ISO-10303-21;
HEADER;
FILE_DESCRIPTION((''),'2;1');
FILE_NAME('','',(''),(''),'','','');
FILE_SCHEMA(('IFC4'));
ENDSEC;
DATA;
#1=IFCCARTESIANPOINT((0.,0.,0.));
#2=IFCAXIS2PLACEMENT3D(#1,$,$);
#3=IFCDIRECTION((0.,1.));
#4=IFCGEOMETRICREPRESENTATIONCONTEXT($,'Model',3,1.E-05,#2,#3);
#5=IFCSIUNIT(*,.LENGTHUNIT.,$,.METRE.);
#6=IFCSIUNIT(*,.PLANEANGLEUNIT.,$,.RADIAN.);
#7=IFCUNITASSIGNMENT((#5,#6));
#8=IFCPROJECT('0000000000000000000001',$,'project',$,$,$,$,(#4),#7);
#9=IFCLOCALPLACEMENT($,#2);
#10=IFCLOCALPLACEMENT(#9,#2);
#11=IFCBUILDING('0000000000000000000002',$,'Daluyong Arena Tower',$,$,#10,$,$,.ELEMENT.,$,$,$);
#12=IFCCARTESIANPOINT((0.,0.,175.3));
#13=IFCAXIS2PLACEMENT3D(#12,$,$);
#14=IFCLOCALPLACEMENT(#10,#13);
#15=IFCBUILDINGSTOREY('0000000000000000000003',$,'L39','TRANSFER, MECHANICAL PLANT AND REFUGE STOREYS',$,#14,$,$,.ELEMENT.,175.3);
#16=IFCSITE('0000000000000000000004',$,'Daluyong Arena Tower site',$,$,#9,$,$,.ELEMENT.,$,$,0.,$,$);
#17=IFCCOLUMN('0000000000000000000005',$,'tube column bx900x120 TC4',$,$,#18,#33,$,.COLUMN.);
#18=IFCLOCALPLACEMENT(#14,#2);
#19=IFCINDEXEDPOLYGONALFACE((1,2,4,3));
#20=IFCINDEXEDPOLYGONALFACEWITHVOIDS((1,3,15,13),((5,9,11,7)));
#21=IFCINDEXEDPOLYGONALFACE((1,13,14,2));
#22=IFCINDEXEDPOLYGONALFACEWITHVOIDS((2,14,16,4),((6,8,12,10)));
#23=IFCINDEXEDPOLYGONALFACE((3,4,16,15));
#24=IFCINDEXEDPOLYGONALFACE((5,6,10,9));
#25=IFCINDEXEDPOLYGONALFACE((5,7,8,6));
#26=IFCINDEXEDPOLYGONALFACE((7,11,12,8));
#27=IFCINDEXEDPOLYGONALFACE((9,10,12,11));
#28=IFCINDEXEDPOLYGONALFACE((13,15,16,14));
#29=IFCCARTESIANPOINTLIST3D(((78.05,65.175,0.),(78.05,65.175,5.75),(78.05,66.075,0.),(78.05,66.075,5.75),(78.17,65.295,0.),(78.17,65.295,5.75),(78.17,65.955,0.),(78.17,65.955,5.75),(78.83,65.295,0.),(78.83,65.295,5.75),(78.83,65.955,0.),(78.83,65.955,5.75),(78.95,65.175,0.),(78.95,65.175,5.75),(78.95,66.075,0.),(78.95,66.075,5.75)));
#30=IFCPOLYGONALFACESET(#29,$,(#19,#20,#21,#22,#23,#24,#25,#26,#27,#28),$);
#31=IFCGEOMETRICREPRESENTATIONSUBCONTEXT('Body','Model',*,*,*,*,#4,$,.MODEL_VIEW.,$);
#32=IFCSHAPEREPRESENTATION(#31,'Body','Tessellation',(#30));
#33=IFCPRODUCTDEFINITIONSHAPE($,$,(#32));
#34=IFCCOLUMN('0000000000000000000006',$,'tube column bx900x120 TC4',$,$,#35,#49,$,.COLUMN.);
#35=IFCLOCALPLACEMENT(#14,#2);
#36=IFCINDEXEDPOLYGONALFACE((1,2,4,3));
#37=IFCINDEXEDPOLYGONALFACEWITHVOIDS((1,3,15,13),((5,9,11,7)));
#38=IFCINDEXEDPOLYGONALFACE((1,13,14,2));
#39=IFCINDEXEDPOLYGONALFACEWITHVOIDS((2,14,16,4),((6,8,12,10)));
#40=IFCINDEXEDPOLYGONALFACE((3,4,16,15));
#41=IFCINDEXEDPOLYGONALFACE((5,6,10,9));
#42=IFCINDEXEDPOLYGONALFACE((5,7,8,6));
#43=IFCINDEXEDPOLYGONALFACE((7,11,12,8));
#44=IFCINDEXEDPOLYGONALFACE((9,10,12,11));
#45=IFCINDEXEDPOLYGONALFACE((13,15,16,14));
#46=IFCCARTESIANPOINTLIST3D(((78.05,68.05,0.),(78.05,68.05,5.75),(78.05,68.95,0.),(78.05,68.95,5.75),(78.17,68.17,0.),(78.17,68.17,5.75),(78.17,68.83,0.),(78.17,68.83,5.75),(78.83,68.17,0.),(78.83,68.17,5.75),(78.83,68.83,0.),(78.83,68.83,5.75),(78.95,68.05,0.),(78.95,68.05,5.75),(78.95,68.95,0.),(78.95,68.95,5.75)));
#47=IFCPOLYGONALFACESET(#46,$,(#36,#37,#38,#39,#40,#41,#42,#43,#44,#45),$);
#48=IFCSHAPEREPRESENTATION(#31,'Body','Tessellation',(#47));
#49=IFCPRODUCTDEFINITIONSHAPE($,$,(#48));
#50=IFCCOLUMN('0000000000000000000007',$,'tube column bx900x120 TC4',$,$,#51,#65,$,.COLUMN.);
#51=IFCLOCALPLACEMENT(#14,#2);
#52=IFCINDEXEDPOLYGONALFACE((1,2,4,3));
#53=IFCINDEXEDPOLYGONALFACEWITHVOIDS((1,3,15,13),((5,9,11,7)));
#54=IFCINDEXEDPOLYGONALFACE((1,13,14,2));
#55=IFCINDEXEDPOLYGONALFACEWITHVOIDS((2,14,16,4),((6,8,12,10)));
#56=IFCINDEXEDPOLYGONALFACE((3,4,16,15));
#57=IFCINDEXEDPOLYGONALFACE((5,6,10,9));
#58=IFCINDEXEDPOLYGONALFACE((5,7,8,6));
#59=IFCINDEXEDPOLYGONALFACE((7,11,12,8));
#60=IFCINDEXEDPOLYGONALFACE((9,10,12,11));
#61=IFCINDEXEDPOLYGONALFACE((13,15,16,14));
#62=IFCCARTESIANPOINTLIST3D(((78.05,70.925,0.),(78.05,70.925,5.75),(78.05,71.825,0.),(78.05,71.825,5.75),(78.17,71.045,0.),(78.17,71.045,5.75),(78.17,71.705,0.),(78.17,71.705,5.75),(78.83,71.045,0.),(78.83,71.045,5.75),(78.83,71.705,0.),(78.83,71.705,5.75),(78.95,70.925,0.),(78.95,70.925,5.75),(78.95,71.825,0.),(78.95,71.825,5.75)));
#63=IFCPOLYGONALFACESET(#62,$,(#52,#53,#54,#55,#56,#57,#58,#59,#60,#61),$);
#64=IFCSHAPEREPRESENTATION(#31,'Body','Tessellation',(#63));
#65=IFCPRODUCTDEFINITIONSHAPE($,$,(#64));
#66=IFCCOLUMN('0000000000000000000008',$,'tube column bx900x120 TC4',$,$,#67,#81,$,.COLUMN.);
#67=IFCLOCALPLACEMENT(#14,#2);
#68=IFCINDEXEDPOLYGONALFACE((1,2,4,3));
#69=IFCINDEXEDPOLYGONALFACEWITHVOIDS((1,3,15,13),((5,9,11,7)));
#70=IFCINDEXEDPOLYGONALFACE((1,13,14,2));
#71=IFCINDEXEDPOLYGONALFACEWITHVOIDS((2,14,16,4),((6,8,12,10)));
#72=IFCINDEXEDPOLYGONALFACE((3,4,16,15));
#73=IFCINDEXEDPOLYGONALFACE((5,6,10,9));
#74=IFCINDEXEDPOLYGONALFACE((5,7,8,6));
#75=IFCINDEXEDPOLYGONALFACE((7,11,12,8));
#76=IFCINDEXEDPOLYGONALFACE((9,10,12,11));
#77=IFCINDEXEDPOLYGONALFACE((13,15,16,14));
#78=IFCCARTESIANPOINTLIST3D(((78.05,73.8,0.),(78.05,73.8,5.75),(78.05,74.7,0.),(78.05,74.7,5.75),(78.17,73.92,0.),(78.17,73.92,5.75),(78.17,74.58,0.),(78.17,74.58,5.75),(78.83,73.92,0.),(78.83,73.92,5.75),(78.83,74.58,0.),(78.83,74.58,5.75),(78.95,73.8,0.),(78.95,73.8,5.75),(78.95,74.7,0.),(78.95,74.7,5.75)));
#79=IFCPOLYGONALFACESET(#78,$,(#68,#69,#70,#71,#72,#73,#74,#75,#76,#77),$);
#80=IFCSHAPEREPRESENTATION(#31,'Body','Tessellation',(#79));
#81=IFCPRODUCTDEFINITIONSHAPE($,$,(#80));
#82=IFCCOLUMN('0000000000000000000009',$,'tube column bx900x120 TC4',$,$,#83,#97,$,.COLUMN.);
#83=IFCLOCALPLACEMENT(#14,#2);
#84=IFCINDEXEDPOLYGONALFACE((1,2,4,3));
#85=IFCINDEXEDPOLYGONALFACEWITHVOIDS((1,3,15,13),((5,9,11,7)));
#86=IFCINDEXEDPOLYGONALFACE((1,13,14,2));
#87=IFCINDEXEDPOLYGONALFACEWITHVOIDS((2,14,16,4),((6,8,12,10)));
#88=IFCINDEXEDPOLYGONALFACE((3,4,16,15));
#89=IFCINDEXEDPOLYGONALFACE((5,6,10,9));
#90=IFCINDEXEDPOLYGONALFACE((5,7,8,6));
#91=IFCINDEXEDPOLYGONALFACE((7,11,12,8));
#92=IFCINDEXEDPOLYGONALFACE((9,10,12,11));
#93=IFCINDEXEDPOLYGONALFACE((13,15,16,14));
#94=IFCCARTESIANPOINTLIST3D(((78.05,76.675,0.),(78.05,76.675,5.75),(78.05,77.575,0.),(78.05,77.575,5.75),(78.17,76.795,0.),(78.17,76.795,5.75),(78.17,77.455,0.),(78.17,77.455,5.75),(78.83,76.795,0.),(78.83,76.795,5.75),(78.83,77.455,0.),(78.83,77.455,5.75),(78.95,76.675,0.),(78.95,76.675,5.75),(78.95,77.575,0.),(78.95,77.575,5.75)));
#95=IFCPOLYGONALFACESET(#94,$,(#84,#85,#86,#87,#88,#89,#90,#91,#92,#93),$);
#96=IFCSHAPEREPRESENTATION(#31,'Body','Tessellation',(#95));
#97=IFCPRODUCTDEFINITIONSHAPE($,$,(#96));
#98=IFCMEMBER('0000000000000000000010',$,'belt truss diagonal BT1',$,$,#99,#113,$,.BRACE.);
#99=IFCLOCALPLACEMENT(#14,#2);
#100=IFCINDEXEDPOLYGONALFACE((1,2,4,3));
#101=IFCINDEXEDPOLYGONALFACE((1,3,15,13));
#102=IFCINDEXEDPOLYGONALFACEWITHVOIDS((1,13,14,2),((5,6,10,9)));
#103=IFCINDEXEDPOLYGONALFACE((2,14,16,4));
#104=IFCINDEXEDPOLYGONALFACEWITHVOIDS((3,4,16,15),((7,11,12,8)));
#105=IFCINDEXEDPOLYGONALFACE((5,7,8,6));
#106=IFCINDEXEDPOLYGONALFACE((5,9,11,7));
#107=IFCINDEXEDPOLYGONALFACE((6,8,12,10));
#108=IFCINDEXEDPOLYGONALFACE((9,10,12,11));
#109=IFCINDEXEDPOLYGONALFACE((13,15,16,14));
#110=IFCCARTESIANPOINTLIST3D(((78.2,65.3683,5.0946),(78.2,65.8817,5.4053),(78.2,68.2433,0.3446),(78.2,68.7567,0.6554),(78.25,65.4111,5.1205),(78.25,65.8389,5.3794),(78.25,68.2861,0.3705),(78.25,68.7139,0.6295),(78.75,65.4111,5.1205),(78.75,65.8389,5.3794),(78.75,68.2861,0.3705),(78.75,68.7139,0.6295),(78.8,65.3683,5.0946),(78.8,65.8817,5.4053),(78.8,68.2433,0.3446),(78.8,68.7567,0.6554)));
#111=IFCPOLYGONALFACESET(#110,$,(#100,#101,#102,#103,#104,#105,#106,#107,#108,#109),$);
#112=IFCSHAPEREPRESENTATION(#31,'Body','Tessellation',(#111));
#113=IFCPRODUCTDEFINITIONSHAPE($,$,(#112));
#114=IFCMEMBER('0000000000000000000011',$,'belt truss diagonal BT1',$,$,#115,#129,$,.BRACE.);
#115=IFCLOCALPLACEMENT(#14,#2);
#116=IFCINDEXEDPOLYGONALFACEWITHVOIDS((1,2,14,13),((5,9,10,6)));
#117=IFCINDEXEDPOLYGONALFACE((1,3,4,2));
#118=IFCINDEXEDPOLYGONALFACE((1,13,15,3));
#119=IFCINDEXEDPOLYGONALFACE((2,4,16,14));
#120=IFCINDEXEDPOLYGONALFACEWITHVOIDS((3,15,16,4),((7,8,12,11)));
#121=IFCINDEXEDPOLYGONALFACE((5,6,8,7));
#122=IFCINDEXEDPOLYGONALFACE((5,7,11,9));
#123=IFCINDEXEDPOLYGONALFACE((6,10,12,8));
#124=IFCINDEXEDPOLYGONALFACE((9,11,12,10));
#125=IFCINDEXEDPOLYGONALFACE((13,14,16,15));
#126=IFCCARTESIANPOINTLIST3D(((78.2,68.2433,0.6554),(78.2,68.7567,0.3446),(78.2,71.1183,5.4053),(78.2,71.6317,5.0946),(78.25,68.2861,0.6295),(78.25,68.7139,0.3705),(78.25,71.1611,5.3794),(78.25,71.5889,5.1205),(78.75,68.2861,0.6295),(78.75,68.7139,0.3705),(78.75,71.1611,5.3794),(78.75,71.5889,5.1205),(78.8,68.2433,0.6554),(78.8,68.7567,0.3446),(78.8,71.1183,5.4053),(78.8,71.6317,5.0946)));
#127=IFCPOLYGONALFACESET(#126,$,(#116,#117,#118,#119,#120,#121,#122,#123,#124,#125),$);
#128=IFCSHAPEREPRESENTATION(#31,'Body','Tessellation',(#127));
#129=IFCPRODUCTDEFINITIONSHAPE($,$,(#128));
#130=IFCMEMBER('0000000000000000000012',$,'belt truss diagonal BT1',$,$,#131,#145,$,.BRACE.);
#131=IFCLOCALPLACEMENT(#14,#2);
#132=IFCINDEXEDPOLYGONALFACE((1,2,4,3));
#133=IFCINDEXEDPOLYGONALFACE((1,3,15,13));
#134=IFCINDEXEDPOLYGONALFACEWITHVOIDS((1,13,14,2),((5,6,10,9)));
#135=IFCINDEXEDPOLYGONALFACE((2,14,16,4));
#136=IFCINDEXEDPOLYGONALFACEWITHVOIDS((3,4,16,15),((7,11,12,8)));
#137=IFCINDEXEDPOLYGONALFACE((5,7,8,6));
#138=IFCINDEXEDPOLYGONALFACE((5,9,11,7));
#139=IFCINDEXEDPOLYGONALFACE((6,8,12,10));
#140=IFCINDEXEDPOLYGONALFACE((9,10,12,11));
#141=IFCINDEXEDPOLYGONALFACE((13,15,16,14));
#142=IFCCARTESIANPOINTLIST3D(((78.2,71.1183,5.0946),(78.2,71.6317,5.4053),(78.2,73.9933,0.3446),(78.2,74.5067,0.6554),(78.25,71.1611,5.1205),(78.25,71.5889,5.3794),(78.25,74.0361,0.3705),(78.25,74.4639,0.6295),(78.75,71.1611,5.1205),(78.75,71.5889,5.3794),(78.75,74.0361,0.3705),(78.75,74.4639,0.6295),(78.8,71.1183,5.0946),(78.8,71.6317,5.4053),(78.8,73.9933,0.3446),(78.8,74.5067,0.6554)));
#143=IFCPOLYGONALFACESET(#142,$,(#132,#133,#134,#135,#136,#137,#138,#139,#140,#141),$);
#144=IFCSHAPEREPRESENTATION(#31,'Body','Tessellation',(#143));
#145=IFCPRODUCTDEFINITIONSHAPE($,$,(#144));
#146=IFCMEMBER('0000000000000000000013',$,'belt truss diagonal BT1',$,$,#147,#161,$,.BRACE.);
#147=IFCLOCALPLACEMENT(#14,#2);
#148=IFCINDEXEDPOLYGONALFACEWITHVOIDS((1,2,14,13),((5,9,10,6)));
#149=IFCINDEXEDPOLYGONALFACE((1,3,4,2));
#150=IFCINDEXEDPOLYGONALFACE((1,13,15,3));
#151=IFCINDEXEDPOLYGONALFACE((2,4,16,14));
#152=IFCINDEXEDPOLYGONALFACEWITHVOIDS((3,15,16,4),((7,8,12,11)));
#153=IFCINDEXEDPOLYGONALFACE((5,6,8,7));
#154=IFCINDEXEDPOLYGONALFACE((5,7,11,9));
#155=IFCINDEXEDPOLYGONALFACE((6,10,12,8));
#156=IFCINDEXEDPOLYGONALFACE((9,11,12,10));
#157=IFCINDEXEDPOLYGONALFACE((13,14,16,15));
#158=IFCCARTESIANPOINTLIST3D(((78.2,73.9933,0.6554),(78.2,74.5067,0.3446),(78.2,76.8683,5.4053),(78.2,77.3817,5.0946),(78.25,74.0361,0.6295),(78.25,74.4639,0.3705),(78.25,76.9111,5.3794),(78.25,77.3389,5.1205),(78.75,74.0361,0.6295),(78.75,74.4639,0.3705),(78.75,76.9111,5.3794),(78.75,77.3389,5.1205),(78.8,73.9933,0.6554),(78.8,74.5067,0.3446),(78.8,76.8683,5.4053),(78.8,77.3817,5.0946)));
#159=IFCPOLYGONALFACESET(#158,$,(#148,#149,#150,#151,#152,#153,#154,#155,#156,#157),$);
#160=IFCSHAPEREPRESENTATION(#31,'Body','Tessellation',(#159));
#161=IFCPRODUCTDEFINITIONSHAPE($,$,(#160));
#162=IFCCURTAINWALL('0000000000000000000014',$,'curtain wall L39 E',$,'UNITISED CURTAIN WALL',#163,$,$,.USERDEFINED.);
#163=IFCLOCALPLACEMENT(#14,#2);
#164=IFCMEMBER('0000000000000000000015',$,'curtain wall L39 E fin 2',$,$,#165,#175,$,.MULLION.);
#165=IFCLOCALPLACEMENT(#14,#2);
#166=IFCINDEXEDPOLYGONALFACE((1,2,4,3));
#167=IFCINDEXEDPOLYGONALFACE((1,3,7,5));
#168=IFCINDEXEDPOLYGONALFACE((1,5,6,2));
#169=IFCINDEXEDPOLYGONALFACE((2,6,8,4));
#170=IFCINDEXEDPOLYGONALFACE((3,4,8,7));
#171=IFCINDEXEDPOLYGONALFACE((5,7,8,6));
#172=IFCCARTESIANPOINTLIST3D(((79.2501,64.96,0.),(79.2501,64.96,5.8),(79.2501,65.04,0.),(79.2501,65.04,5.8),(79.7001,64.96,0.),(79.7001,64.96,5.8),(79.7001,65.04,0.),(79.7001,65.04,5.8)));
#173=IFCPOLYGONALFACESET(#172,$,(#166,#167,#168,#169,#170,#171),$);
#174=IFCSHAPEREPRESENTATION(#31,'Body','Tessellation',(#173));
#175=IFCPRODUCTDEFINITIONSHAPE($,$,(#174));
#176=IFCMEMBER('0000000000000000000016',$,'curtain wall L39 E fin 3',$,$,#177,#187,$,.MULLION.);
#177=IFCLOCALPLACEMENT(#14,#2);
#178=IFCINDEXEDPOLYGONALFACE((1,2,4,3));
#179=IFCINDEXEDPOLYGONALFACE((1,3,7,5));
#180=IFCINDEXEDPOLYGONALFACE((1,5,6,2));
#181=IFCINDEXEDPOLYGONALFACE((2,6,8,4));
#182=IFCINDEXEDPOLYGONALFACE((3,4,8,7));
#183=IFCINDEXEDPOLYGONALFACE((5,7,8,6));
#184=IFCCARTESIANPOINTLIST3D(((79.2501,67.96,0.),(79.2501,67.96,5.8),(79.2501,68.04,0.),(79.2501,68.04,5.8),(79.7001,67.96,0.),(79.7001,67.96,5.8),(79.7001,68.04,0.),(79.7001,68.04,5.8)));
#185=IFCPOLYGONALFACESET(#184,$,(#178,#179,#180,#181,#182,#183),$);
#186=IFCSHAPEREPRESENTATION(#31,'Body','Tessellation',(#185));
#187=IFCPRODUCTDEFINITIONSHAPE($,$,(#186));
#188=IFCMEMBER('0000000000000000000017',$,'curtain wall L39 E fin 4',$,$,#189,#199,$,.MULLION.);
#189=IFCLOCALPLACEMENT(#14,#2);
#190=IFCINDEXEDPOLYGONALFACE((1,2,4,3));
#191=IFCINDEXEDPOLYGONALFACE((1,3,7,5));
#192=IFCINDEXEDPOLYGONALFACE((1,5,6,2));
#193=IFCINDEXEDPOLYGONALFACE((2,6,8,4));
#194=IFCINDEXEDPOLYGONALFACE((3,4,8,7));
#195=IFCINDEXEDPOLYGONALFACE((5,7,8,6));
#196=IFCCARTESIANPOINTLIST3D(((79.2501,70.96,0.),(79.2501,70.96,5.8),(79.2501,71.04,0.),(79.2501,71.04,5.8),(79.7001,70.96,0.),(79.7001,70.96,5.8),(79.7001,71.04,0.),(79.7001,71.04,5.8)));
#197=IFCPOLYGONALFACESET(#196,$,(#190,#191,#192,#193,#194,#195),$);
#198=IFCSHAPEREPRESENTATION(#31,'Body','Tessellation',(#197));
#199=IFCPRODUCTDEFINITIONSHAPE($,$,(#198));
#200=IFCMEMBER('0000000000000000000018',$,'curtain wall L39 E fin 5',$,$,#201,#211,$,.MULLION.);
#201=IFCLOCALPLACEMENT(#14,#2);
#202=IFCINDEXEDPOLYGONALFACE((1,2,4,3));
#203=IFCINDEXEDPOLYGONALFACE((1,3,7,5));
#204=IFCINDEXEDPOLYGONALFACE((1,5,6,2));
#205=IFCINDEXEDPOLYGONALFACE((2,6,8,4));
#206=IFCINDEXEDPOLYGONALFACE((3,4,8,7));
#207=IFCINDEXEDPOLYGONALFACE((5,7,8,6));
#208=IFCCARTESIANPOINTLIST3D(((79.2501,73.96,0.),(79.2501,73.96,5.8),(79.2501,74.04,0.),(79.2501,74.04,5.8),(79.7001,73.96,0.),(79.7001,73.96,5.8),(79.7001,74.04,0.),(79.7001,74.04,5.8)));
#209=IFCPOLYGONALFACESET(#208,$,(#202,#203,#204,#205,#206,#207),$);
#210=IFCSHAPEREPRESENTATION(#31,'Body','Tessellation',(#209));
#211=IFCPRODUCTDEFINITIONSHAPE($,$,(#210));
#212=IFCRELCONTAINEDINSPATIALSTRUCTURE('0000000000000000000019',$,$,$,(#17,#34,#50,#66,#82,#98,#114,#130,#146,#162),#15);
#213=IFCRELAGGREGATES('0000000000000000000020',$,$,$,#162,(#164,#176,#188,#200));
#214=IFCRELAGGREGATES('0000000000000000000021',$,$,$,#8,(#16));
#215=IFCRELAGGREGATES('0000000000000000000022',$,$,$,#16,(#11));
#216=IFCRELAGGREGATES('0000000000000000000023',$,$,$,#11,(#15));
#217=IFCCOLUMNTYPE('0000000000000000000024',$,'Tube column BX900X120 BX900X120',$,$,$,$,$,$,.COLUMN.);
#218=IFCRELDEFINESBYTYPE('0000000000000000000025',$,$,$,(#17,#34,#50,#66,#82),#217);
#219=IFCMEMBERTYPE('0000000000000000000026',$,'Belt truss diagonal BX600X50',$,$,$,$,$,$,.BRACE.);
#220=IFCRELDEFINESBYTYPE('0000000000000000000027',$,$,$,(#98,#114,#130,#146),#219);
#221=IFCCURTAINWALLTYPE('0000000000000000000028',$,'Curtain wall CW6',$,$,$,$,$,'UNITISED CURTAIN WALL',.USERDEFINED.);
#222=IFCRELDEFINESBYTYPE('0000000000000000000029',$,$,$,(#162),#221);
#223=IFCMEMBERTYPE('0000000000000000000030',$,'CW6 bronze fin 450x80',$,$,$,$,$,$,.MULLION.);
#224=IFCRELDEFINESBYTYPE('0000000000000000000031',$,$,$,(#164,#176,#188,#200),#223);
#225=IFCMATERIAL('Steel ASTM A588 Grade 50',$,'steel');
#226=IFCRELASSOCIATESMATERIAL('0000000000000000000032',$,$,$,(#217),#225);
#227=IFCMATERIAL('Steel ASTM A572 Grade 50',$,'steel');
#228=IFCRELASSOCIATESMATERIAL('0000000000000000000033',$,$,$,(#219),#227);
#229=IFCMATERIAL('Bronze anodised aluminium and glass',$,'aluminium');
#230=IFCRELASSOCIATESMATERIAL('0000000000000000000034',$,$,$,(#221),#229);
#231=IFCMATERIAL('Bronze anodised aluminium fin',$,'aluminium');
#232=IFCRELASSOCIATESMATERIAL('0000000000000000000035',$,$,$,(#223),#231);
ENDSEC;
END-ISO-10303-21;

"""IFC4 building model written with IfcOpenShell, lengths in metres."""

from ifc_helpers import new_model, si_unit, direction, frame, origin, origin_2d, place, context, subcontext, project, spatial, rectangle, hollow_rectangle, extrude, material, material_profile, profile_set, type_object, element, aggregate, save


model = new_model("IFC4")

# Units and contexts
model_context = context("Model", 3, precision=1e-05, world=origin(), true_north=direction((0.0, 1.0)))
body_context = subcontext(model_context, "Body", "Model", "MODEL_VIEW")
ifc_project = project(units=[si_unit("LENGTHUNIT", "METRE"), si_unit("PLANEANGLEUNIT", "RADIAN")], contexts=[model_context])

# Site, building, storey
site_placement = place(None, origin())
site = spatial("IfcSite", under=ifc_project, at=site_placement, Name="Daluyong Arena Tower site", CompositionType="ELEMENT", RefElevation=0.0)
building_placement = place(site_placement, origin())
building = spatial("IfcBuilding", under=site, at=building_placement, Name="Daluyong Arena Tower", CompositionType="ELEMENT")
storey_placement = place(building_placement, frame((0.0, 0.0, 175.3)))
storey = spatial("IfcBuildingStorey", under=building, at=storey_placement, Name="L39", Description="TRANSFER, MECHANICAL PLANT AND REFUGE STOREYS", CompositionType="ELEMENT", Elevation=175.3)

# Columns
ifc_material_1 = material(Name="Steel ASTM A588 Grade 50", Category="steel")
ifc_material_profile_1 = material_profile(ifc_material_1, hollow_rectangle(XDim=0.8999, YDim=0.8999, WallThickness=0.12, at=origin_2d()))
ifc_profile_set_1 = profile_set([ifc_material_profile_1], Name="Steel ASTM A588 Grade 50")
column_type = type_object("IfcColumnType", Name="Tube column BX900X120 BX900X120", PredefinedType="COLUMN", material=ifc_profile_set_1)
for number, where, z_axis, x_axis, name in (
    (1, (78.5, 65.625, 0.0), (0.0, 0.0, 1.0), (0.0, 1.0, 0.0), "tube column bx900x120 TC4"),
    (2, (78.5, 68.5, 0.0), (0.0, 0.0, 1.0), (0.0, 1.0, 0.0), "tube column bx900x120 TC4"),
    (3, (78.5, 71.375, 0.0), (0.0, 0.0, 1.0), (0.0, 1.0, 0.0), "tube column bx900x120 TC4"),
    (4, (78.5, 74.25, 0.0), (0.0, 0.0, 1.0), (0.0, 1.0, 0.0), "tube column bx900x120 TC4"),
    (5, (78.5, 77.125, 0.0), (0.0, 0.0, 1.0), (0.0, 1.0, 0.0), "tube column bx900x120 TC4"),
):
    element("IfcColumn", number, at=place(storey_placement, frame(where, z_axis=z_axis, x_axis=x_axis)), inside=storey, type_object=column_type, Name=name, PredefinedType="COLUMN", context=body_context, shape_type="SweptSolid", body=[
        extrude(hollow_rectangle(XDim=0.8999, YDim=0.8999, WallThickness=0.12, at=origin_2d()), origin(), (0.0, 0.0, 1.0), 5.75),
    ])

# Members
ifc_material_2 = material(Name="Steel ASTM A572 Grade 50", Category="steel")
ifc_material_profile_2 = material_profile(ifc_material_2, hollow_rectangle(XDim=0.6001, YDim=0.6001, WallThickness=0.05, at=origin_2d()))
ifc_profile_set_2 = profile_set([ifc_material_profile_2], Name="Steel ASTM A572 Grade 50")
member_type_1 = type_object("IfcMemberType", Name="Belt truss diagonal BX600X50", PredefinedType="BRACE", material=ifc_profile_set_2)
for number, where, z_axis, x_axis, name in (
    (6, (78.5, 68.5, 0.5), (0.0, -0.517803, 0.8555), (1.0, 0.0, 0.0), "belt truss diagonal BT1"),
    (7, (78.5, 68.5, 0.5), (0.0, 0.517803, 0.8555), (-1.0, 0.0, 0.0), "belt truss diagonal BT1"),
    (8, (78.5, 74.25, 0.5), (0.0, -0.517803, 0.8555), (1.0, 0.0, 0.0), "belt truss diagonal BT1"),
    (9, (78.5, 74.25, 0.5), (0.0, 0.517803, 0.8555), (-1.0, 0.0, 0.0), "belt truss diagonal BT1"),
):
    element("IfcMember", number, at=place(storey_placement, frame(where, z_axis=z_axis, x_axis=x_axis)), inside=storey, type_object=member_type_1, Name=name, PredefinedType="BRACE", context=body_context, shape_type="SweptSolid", body=[
        extrude(hollow_rectangle(XDim=0.6001, YDim=0.6001, WallThickness=0.05, at=origin_2d()), origin(), (0.0, 0.0, 1.0), 5.5522),
    ])

# Curtain wall, members
ifc_material_3 = material(Name="Bronze anodised aluminium and glass", Category="aluminium")
curtain_wall_type = type_object("IfcCurtainWallType", Name="Curtain wall CW6", ElementType="UNITISED CURTAIN WALL", PredefinedType="USERDEFINED", material=ifc_material_3)
curtain_wall_placement = place(storey_placement, origin())
curtain_wall = element("IfcCurtainWall", 10, at=curtain_wall_placement, inside=storey, type_object=curtain_wall_type, Name="curtain wall L39 E", ObjectType="UNITISED CURTAIN WALL", PredefinedType="USERDEFINED")
ifc_material_4 = material(Name="Bronze anodised aluminium fin", Category="aluminium")
ifc_material_profile_3 = material_profile(ifc_material_4, rectangle(XDim=0.45, YDim=0.0801, at=origin_2d()))
ifc_profile_set_3 = profile_set([ifc_material_profile_3], Name="Bronze anodised aluminium fin")
member_type_2 = type_object("IfcMemberType", Name="CW6 bronze fin 450x80", PredefinedType="MULLION", material=ifc_profile_set_3)
member_1_placement = place(storey_placement, frame((79.4751, 65.0, 0.0), z_axis=(0.0, 0.0, 1.0), x_axis=(-1.0, 0.0, 0.0)))
member_1 = element("IfcMember", 11, at=member_1_placement, type_object=member_type_2, Name="curtain wall L39 E fin 2", PredefinedType="MULLION", context=body_context, shape_type="SweptSolid", body=[
    extrude(rectangle(XDim=0.45, YDim=0.0801, at=origin_2d()), origin(), (0.0, 0.0, 1.0), 5.8),
])
member_2_placement = place(storey_placement, frame((79.4751, 68.0, 0.0), z_axis=(0.0, 0.0, 1.0), x_axis=(-1.0, 0.0, 0.0)))
member_2 = element("IfcMember", 12, at=member_2_placement, type_object=member_type_2, Name="curtain wall L39 E fin 3", PredefinedType="MULLION", context=body_context, shape_type="SweptSolid", body=[
    extrude(rectangle(XDim=0.45, YDim=0.0801, at=origin_2d()), origin(), (0.0, 0.0, 1.0), 5.8),
])
member_3_placement = place(storey_placement, frame((79.4751, 71.0, 0.0), z_axis=(0.0, 0.0, 1.0), x_axis=(-1.0, 0.0, 0.0)))
member_3 = element("IfcMember", 13, at=member_3_placement, type_object=member_type_2, Name="curtain wall L39 E fin 4", PredefinedType="MULLION", context=body_context, shape_type="SweptSolid", body=[
    extrude(rectangle(XDim=0.45, YDim=0.0801, at=origin_2d()), origin(), (0.0, 0.0, 1.0), 5.8),
])
member_4_placement = place(storey_placement, frame((79.4751, 74.0, 0.0), z_axis=(0.0, 0.0, 1.0), x_axis=(-1.0, 0.0, 0.0)))
member_4 = element("IfcMember", 14, at=member_4_placement, type_object=member_type_2, Name="curtain wall L39 E fin 5", PredefinedType="MULLION", context=body_context, shape_type="SweptSolid", body=[
    extrude(rectangle(XDim=0.45, YDim=0.0801, at=origin_2d()), origin(), (0.0, 0.0, 1.0), 5.8),
])

aggregate(curtain_wall, [member_1, member_2, member_3, member_4])

save(model, "model.ifc")
